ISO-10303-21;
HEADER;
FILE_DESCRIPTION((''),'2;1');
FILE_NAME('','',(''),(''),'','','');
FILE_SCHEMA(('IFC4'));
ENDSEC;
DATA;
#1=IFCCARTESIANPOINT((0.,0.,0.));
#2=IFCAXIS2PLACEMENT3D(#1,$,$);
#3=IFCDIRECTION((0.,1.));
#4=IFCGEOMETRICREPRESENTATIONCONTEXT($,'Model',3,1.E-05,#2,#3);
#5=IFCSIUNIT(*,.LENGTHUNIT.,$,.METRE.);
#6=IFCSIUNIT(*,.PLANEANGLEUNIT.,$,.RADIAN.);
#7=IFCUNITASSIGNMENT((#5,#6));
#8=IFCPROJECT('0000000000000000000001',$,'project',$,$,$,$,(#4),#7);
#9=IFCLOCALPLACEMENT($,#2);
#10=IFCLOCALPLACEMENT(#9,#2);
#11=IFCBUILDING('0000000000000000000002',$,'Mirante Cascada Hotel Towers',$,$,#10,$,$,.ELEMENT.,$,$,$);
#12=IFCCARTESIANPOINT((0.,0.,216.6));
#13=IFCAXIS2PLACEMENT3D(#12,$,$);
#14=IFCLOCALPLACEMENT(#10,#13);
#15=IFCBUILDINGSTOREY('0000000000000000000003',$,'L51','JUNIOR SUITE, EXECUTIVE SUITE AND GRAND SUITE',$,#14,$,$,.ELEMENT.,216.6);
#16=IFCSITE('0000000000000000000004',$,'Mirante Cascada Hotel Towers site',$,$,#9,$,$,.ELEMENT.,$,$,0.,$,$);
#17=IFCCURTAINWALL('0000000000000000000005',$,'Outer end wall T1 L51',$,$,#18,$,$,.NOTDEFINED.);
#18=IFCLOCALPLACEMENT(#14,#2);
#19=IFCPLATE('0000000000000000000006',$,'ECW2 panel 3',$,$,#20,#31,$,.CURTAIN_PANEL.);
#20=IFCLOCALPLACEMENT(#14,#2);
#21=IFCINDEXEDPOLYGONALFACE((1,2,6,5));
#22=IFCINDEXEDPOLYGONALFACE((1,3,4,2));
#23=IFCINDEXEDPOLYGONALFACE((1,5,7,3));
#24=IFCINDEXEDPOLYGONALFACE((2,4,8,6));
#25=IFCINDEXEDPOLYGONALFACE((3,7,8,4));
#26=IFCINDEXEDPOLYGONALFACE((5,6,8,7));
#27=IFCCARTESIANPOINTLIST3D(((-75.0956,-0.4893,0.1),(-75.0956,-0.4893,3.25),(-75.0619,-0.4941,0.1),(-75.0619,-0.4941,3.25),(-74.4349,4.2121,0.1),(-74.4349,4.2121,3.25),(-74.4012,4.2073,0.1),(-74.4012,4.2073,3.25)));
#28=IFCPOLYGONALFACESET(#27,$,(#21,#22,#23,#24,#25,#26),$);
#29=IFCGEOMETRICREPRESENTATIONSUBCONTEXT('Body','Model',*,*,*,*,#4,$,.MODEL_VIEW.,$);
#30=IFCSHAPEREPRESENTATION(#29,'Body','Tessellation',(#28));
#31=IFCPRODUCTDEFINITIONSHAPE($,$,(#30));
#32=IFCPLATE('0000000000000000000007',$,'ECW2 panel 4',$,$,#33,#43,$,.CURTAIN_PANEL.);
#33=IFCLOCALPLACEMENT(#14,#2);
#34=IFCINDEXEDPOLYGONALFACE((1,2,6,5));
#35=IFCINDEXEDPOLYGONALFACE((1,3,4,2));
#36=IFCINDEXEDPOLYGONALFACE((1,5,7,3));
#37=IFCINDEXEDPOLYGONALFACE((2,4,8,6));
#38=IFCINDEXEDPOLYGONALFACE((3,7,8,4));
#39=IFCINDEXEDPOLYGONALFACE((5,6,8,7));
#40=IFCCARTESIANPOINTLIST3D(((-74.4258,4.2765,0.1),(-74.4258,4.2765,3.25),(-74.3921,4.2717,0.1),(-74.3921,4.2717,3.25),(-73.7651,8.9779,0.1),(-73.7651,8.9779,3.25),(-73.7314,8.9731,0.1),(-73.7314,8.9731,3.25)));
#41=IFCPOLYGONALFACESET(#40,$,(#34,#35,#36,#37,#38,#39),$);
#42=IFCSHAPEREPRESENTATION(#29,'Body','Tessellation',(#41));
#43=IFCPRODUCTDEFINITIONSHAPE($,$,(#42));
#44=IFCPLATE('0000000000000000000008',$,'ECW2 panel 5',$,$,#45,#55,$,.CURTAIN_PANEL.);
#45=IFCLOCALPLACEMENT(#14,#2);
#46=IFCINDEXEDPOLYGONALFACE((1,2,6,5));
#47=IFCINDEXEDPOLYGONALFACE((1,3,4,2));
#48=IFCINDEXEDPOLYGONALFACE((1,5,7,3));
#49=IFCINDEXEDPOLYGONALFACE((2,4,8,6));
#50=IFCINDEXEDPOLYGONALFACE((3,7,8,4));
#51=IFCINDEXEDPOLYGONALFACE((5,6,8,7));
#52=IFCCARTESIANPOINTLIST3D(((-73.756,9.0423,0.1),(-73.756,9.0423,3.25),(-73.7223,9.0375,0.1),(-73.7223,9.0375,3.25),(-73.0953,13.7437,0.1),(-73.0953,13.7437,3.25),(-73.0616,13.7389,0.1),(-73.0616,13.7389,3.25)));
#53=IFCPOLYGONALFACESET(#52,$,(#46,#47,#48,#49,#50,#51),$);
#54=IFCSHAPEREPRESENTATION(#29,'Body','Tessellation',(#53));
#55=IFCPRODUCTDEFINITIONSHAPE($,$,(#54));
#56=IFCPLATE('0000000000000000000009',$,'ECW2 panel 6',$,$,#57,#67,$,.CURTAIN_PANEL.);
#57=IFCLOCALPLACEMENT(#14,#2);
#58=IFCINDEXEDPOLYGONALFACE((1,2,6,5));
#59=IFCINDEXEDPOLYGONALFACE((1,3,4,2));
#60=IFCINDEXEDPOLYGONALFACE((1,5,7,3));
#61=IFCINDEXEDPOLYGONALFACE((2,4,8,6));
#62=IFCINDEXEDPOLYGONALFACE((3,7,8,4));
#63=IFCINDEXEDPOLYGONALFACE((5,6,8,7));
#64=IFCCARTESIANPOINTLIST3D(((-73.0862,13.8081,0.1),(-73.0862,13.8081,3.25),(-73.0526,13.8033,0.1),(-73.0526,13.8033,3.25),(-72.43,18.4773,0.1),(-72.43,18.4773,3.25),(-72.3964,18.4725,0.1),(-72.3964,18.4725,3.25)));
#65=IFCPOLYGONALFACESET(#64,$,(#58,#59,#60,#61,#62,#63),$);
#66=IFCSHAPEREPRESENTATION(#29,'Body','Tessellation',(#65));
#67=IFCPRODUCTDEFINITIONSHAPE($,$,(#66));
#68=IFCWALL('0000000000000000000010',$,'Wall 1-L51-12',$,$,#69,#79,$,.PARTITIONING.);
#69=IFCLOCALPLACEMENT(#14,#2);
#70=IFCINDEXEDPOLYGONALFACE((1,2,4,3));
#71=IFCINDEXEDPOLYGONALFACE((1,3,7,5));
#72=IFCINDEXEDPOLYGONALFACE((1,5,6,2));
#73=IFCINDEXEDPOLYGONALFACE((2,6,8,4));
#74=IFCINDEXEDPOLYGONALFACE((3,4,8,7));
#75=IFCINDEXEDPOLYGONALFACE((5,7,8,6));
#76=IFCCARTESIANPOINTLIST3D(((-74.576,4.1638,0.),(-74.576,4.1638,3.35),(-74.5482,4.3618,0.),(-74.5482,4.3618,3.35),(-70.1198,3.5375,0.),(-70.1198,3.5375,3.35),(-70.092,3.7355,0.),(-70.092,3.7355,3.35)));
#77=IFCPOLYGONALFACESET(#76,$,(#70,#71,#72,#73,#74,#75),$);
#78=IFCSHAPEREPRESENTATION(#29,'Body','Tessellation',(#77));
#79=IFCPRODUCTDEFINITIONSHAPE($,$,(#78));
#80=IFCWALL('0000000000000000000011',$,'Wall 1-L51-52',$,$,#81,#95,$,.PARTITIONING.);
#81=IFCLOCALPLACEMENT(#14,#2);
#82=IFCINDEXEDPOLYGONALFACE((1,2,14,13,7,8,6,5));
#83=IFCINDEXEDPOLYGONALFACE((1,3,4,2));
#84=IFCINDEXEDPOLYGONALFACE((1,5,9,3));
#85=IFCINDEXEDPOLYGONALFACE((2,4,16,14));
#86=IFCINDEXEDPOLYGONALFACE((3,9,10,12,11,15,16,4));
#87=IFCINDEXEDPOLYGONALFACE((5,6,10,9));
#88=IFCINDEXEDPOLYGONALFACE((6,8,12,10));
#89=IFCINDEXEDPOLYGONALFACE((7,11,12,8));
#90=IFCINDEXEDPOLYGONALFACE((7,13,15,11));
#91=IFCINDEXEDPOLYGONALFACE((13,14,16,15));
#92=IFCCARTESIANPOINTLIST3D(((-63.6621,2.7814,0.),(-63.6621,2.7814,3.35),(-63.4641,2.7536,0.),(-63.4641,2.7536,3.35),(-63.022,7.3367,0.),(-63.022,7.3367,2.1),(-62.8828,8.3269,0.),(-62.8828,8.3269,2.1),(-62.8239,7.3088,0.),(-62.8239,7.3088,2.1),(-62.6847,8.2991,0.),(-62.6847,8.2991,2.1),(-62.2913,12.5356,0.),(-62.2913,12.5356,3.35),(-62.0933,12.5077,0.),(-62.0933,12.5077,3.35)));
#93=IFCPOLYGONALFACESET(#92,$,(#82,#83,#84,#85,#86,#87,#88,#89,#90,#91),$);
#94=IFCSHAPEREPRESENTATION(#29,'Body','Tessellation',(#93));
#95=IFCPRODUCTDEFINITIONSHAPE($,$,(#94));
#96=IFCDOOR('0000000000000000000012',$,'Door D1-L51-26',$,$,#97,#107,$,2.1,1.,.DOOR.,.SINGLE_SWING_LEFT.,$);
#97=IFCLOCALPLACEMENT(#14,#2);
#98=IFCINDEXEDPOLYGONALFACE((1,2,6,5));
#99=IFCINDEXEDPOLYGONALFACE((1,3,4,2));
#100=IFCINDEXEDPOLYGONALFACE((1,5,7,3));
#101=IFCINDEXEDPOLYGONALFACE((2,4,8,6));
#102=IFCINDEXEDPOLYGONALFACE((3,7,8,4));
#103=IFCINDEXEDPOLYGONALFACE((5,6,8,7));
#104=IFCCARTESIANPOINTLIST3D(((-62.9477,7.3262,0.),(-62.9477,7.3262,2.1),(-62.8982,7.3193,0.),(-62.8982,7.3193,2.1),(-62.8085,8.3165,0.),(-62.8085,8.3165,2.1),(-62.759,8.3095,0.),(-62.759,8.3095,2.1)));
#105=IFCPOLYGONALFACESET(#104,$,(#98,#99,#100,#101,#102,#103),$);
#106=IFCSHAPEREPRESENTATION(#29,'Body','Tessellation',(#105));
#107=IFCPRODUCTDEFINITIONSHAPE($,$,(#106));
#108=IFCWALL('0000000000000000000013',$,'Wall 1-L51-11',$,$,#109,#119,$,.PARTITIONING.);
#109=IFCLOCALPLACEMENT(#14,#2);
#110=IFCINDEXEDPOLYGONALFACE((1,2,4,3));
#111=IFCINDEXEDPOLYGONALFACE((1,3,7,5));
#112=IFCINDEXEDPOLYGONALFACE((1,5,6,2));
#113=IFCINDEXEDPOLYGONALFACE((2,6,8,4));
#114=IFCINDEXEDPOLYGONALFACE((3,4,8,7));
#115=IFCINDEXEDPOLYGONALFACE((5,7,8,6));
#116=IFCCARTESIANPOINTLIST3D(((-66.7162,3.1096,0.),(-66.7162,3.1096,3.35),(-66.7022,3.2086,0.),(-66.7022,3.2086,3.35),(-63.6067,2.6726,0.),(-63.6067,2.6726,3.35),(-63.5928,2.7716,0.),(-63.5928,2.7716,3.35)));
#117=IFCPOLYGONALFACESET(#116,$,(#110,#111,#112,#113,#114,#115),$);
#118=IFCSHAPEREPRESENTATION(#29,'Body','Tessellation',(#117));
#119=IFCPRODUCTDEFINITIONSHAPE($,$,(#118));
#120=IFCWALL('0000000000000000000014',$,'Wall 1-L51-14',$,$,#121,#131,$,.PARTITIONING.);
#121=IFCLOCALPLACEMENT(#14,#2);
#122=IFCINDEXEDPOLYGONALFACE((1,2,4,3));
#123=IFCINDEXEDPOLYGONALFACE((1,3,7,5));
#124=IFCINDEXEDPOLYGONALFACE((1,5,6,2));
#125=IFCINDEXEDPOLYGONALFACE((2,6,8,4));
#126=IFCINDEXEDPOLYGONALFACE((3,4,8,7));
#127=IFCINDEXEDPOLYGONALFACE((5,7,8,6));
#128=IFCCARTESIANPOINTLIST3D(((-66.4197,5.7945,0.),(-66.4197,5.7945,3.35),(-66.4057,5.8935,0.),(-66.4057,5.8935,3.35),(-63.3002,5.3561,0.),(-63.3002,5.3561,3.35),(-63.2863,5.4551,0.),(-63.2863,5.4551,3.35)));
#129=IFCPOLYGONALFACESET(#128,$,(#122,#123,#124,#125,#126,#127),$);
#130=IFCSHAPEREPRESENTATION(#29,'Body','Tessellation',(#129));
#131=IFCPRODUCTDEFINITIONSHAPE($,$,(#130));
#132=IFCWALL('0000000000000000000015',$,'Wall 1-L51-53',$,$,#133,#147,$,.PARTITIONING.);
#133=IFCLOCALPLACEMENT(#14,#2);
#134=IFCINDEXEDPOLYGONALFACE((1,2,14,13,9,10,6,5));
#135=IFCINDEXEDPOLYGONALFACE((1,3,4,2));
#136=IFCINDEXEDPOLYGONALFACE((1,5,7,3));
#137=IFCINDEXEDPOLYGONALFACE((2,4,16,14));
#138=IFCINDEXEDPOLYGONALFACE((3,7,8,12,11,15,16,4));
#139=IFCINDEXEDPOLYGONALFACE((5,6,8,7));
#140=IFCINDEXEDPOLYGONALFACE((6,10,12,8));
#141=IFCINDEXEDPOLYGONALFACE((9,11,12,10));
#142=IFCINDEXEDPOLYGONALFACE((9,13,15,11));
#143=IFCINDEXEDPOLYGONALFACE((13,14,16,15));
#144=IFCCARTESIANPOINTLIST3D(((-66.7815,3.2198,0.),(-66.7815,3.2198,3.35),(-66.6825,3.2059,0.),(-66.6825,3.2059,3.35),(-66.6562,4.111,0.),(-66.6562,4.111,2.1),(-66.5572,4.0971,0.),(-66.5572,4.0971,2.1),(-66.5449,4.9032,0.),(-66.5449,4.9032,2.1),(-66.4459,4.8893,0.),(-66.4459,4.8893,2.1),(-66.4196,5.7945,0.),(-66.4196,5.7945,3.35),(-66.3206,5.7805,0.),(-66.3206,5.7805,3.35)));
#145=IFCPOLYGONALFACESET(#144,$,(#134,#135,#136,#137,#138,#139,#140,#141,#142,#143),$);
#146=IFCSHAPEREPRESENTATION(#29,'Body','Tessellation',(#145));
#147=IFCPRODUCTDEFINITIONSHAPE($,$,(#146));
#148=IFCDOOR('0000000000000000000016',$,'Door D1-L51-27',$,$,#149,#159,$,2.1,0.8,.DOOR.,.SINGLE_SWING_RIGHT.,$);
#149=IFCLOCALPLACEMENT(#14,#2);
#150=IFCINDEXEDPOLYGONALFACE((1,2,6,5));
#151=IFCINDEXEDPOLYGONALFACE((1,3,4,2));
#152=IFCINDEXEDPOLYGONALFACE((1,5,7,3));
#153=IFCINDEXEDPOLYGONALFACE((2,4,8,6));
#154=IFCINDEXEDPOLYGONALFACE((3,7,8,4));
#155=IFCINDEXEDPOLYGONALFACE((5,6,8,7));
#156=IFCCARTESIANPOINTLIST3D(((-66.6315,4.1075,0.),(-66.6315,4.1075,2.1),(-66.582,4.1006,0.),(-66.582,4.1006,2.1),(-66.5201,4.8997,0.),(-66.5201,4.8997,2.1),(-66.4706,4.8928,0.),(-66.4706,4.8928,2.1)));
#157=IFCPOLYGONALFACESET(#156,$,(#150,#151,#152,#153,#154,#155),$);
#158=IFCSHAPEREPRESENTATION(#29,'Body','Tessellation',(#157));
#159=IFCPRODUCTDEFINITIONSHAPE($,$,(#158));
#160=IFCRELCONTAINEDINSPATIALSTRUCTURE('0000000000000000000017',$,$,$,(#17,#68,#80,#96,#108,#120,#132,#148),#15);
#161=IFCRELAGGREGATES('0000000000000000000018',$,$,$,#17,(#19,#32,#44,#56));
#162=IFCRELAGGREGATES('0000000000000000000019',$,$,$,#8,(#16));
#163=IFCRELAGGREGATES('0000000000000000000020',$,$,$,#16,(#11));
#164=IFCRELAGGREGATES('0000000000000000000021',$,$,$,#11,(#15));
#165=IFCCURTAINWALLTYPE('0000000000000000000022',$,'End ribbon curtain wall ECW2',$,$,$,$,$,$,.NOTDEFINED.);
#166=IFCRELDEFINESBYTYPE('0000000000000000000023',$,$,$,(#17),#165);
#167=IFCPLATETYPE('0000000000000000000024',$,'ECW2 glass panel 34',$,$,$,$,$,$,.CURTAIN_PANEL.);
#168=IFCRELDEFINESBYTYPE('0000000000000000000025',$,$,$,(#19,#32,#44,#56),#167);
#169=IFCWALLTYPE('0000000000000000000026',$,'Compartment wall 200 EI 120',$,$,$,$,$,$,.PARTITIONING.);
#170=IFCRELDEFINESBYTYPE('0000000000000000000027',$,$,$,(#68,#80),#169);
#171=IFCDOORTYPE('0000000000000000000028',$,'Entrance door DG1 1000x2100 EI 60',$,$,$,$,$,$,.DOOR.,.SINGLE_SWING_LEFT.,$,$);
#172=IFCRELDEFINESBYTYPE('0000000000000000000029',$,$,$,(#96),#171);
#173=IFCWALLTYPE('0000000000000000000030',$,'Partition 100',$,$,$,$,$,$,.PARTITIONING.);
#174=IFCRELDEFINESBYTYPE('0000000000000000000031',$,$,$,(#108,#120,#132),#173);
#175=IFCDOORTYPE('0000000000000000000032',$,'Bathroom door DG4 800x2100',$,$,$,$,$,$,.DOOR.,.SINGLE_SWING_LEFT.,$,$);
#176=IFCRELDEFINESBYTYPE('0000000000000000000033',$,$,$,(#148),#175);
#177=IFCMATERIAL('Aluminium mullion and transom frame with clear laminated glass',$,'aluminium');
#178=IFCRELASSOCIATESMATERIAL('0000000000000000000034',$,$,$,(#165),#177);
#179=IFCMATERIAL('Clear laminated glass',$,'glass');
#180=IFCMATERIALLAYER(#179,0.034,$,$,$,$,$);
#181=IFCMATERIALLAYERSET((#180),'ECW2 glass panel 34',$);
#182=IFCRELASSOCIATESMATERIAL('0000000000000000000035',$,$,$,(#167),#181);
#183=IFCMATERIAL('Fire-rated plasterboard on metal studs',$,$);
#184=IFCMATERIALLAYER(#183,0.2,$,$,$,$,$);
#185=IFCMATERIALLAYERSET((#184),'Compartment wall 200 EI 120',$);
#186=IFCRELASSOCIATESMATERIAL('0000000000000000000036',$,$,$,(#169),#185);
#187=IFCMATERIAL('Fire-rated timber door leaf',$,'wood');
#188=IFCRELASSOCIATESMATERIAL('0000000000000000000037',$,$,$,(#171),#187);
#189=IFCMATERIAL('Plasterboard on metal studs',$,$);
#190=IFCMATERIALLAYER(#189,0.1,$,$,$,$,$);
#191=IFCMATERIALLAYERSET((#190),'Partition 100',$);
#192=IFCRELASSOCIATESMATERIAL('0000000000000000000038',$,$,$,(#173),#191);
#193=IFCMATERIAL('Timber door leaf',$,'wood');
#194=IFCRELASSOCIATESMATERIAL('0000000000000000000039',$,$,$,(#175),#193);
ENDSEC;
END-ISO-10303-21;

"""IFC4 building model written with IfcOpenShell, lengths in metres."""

from ifc_helpers import new_model, si_unit, direction, frame, frame_2d, origin, origin_2d, place, context, subcontext, project, spatial, rectangle, extrude, material, layer, layer_set, type_object, element, fill, aggregate, save


model = new_model("IFC4")

# Units and contexts
model_context = context("Model", 3, precision=1e-05, world=origin(), true_north=direction((0.0, 1.0)))
body_context = subcontext(model_context, "Body", "Model", "MODEL_VIEW")
ifc_project = project(units=[si_unit("LENGTHUNIT", "METRE"), si_unit("PLANEANGLEUNIT", "RADIAN")], contexts=[model_context])

# Site, building, storey
site_placement = place(None, origin())
site = spatial("IfcSite", under=ifc_project, at=site_placement, Name="Mirante Cascada Hotel Towers site", CompositionType="ELEMENT", RefElevation=0.0)
building_placement = place(site_placement, origin())
building = spatial("IfcBuilding", under=site, at=building_placement, Name="Mirante Cascada Hotel Towers", CompositionType="ELEMENT")
storey_placement = place(building_placement, frame((0.0, 0.0, 216.6)))
storey = spatial("IfcBuildingStorey", under=building, at=storey_placement, Name="L51", Description="JUNIOR SUITE, EXECUTIVE SUITE AND GRAND SUITE", CompositionType="ELEMENT", Elevation=216.6)

# Curtain wall
ifc_material_1 = material(Name="Aluminium mullion and transom frame with clear laminated glass", Category="aluminium")
curtain_wall_type_1 = type_object("IfcCurtainWallType", Name="End ribbon curtain wall ECW2", PredefinedType="NOTDEFINED", material=ifc_material_1)
curtain_wall_1_placement = place(storey_placement, origin())
curtain_wall_1 = element("IfcCurtainWall", 1, at=curtain_wall_1_placement, inside=storey, type_object=curtain_wall_type_1, Name="Outer end wall T1 L51", PredefinedType="NOTDEFINED")

# Plates
ifc_material_2 = material(Name="Clear laminated glass", Category="glass")
ifc_layer_1 = layer(ifc_material_2, 0.034)
ifc_layer_set_1 = layer_set([ifc_layer_1], Name="ECW2 glass panel 34")
plate_type_1 = type_object("IfcPlateType", Name="ECW2 glass panel 34", PredefinedType="CURTAIN_PANEL", material=ifc_layer_set_1)
plate_1_placement = place(storey_placement, frame((-74.7484, 1.859, 0.1), z_axis=(0.0, 0.0, 1.0), x_axis=(0.139173, 0.990268, 0.0)))
plate_1 = element("IfcPlate", 2, at=plate_1_placement, type_object=plate_type_1, Name="ECW2 panel 3", PredefinedType="CURTAIN_PANEL", context=body_context, shape_type="SweptSolid", body=[
    extrude(rectangle(XDim=4.7476, YDim=0.034, at=origin_2d()), origin(), (0.0, 0.0, 1.0), 3.15),
])
plate_2_placement = place(storey_placement, frame((-74.0786, 6.6248, 0.1), z_axis=(0.0, 0.0, 1.0), x_axis=(0.139173, 0.990268, 0.0)))
plate_2 = element("IfcPlate", 3, at=plate_2_placement, type_object=plate_type_1, Name="ECW2 panel 4", PredefinedType="CURTAIN_PANEL", context=body_context, shape_type="SweptSolid", body=[
    extrude(rectangle(XDim=4.7476, YDim=0.034, at=origin_2d()), origin(), (0.0, 0.0, 1.0), 3.15),
])
plate_3_placement = place(storey_placement, frame((-73.4088, 11.3906, 0.1), z_axis=(0.0, 0.0, 1.0), x_axis=(0.139173, 0.990268, 0.0)))
plate_3 = element("IfcPlate", 4, at=plate_3_placement, type_object=plate_type_1, Name="ECW2 panel 5", PredefinedType="CURTAIN_PANEL", context=body_context, shape_type="SweptSolid", body=[
    extrude(rectangle(XDim=4.7476, YDim=0.034, at=origin_2d()), origin(), (0.0, 0.0, 1.0), 3.15),
])
plate_4_placement = place(storey_placement, frame((-72.7413, 16.1403, 0.1), z_axis=(0.0, 0.0, 1.0), x_axis=(0.139173, 0.990268, 0.0)))
plate_4 = element("IfcPlate", 5, at=plate_4_placement, type_object=plate_type_1, Name="ECW2 panel 6", PredefinedType="CURTAIN_PANEL", context=body_context, shape_type="SweptSolid", body=[
    extrude(rectangle(XDim=4.7151, YDim=0.034, at=origin_2d()), origin(), (0.0, 0.0, 1.0), 3.15),
])
aggregate(curtain_wall_1, [plate_1, plate_2, plate_3, plate_4])

# Wall
ifc_material_3 = material(Name="Fire-rated plasterboard on metal studs")
ifc_layer_2 = layer(ifc_material_3, 0.2)
ifc_layer_set_2 = layer_set([ifc_layer_2], Name="Compartment wall 200 EI 120")
wall_type_1 = type_object("IfcWallType", Name="Compartment wall 200 EI 120", PredefinedType="PARTITIONING", material=ifc_layer_set_2)
wall_1_placement = place(storey_placement, frame((-70.1059, 3.6365, 0.0), z_axis=(0.0, 0.0, 1.0), x_axis=(-0.990267, 0.139178, 0.0)))
element("IfcWall", 6, at=wall_1_placement, inside=storey, type_object=wall_type_1, Name="Wall 1-L51-12", PredefinedType="PARTITIONING", context=body_context, shape_type="SweptSolid", body=[
    extrude(rectangle(XDim=4.5, YDim=0.2, at=frame_2d((2.25, 0.0))), origin(), (0.0, 0.0, 1.0), 3.35),
])

# Wall, opening, door
wall_2_placement = place(storey_placement, frame((-63.5631, 2.7675, 0.0), z_axis=(0.0, 0.0, 1.0), x_axis=(0.139168, 0.990269, 0.0)))
wall_2 = element("IfcWall", 7, at=wall_2_placement, inside=storey, type_object=wall_type_1, Name="Wall 1-L51-52", PredefinedType="PARTITIONING", context=body_context, shape_type="SweptSolid", body=[
    extrude(rectangle(XDim=9.85, YDim=0.2, at=frame_2d((4.925, 0.0))), origin(), (0.0, 0.0, 1.0), 3.35),
])
opening_1_placement = place(wall_2_placement, frame((4.6, 0.0, 0.0)))
opening_1 = element("IfcOpeningElement", 8, at=opening_1_placement, cuts=wall_2, PredefinedType="OPENING", context=body_context, shape_type="SweptSolid", body=[
    extrude(rectangle(XDim=1.0, YDim=2.1, at=frame_2d((0.5, 1.05))), frame((0.0, 0.1, 0.0), z_axis=(0.0, -1.0, 0.0), x_axis=(1.0, 0.0, 0.0)), (0.0, 0.0, 1.0), 0.2),
])
ifc_material_4 = material(Name="Fire-rated timber door leaf", Category="wood")
door_type_1 = type_object("IfcDoorType", Name="Entrance door DG1 1000x2100 EI 60", OperationType="SINGLE_SWING_LEFT", PredefinedType="DOOR", material=ifc_material_4)
door_1_placement = place(opening_1_placement, origin())
door_1 = element("IfcDoor", 9, at=door_1_placement, inside=storey, type_object=door_type_1, Name="Door D1-L51-26", OperationType="SINGLE_SWING_LEFT", OverallHeight=2.1, OverallWidth=1.0, PredefinedType="DOOR", context=body_context, shape_type="SweptSolid", body=[
    extrude(rectangle(XDim=1.0, YDim=2.1, at=frame_2d((0.5, 1.05))), frame((0.0, 0.025, 0.0), z_axis=(0.0, -1.0, 0.0), x_axis=(1.0, 0.0, 0.0)), (0.0, 0.0, 1.0), 0.05),
])
fill(opening_1, door_1)

# Walls
ifc_material_5 = material(Name="Plasterboard on metal studs")
ifc_layer_3 = layer(ifc_material_5, 0.1)
ifc_layer_set_3 = layer_set([ifc_layer_3], Name="Partition 100")
wall_type_2 = type_object("IfcWallType", Name="Partition 100", PredefinedType="PARTITIONING", material=ifc_layer_set_3)
wall_3_placement = place(storey_placement, frame((-66.7092, 3.1591, 0.0), z_axis=(0.0, 0.0, 1.0), x_axis=(0.990268, -0.139174, 0.0)))
element("IfcWall", 10, at=wall_3_placement, inside=storey, type_object=wall_type_2, Name="Wall 1-L51-11", PredefinedType="PARTITIONING", context=body_context, shape_type="SweptSolid", body=[
    extrude(rectangle(XDim=3.14, YDim=0.1, at=frame_2d((1.57, 0.0))), origin(), (0.0, 0.0, 1.0), 3.35),
])
wall_4_placement = place(storey_placement, frame((-63.2933, 5.4056, 0.0), z_axis=(0.0, 0.0, 1.0), x_axis=(-0.990268, 0.139172, 0.0)))
element("IfcWall", 11, at=wall_4_placement, inside=storey, type_object=wall_type_2, Name="Wall 1-L51-14", PredefinedType="PARTITIONING", context=body_context, shape_type="SweptSolid", body=[
    extrude(rectangle(XDim=3.1501, YDim=0.1, at=frame_2d((1.575, 0.0))), origin(), (0.0, 0.0, 1.0), 3.35),
])

# Wall, opening, door
wall_5_placement = place(storey_placement, frame((-66.3701, 5.7875, 0.0), z_axis=(0.0, 0.0, 1.0), x_axis=(-0.139192, -0.990265, 0.0)))
wall_5 = element("IfcWall", 12, at=wall_5_placement, inside=storey, type_object=wall_type_2, Name="Wall 1-L51-53", PredefinedType="PARTITIONING", context=body_context, shape_type="SweptSolid", body=[
    extrude(rectangle(XDim=2.6, YDim=0.1, at=frame_2d((1.3, 0.0))), origin(), (0.0, 0.0, 1.0), 3.35),
])
opening_2_placement = place(wall_5_placement, frame((0.9, 0.0, 0.0)))
opening_2 = element("IfcOpeningElement", 13, at=opening_2_placement, cuts=wall_5, PredefinedType="OPENING", context=body_context, shape_type="SweptSolid", body=[
    extrude(rectangle(XDim=0.8, YDim=2.1, at=frame_2d((0.4, 1.05))), frame((0.0, 0.05, 0.0), z_axis=(0.0, -1.0, 0.0), x_axis=(1.0, 0.0, 0.0)), (0.0, 0.0, 1.0), 0.1),
])
ifc_material_6 = material(Name="Timber door leaf", Category="wood")
door_type_2 = type_object("IfcDoorType", Name="Bathroom door DG4 800x2100", OperationType="SINGLE_SWING_LEFT", PredefinedType="DOOR", material=ifc_material_6)
door_2_placement = place(opening_2_placement, frame((0.8, 0.0, 0.0), z_axis=(0.0, 0.0, 1.0), x_axis=(-1.0, 0.0, 0.0)))
door_2 = element("IfcDoor", 14, at=door_2_placement, inside=storey, type_object=door_type_2, Name="Door D1-L51-27", OperationType="SINGLE_SWING_RIGHT", OverallHeight=2.1, OverallWidth=0.8, PredefinedType="DOOR", context=body_context, shape_type="SweptSolid", body=[
    extrude(rectangle(XDim=0.8, YDim=2.1, at=frame_2d((0.4, 1.05))), frame((0.0, 0.025, 0.0), z_axis=(0.0, -1.0, 0.0), x_axis=(1.0, 0.0, 0.0)), (0.0, 0.0, 1.0), 0.05),
])
fill(opening_2, door_2)

save(model, "model.ifc")
